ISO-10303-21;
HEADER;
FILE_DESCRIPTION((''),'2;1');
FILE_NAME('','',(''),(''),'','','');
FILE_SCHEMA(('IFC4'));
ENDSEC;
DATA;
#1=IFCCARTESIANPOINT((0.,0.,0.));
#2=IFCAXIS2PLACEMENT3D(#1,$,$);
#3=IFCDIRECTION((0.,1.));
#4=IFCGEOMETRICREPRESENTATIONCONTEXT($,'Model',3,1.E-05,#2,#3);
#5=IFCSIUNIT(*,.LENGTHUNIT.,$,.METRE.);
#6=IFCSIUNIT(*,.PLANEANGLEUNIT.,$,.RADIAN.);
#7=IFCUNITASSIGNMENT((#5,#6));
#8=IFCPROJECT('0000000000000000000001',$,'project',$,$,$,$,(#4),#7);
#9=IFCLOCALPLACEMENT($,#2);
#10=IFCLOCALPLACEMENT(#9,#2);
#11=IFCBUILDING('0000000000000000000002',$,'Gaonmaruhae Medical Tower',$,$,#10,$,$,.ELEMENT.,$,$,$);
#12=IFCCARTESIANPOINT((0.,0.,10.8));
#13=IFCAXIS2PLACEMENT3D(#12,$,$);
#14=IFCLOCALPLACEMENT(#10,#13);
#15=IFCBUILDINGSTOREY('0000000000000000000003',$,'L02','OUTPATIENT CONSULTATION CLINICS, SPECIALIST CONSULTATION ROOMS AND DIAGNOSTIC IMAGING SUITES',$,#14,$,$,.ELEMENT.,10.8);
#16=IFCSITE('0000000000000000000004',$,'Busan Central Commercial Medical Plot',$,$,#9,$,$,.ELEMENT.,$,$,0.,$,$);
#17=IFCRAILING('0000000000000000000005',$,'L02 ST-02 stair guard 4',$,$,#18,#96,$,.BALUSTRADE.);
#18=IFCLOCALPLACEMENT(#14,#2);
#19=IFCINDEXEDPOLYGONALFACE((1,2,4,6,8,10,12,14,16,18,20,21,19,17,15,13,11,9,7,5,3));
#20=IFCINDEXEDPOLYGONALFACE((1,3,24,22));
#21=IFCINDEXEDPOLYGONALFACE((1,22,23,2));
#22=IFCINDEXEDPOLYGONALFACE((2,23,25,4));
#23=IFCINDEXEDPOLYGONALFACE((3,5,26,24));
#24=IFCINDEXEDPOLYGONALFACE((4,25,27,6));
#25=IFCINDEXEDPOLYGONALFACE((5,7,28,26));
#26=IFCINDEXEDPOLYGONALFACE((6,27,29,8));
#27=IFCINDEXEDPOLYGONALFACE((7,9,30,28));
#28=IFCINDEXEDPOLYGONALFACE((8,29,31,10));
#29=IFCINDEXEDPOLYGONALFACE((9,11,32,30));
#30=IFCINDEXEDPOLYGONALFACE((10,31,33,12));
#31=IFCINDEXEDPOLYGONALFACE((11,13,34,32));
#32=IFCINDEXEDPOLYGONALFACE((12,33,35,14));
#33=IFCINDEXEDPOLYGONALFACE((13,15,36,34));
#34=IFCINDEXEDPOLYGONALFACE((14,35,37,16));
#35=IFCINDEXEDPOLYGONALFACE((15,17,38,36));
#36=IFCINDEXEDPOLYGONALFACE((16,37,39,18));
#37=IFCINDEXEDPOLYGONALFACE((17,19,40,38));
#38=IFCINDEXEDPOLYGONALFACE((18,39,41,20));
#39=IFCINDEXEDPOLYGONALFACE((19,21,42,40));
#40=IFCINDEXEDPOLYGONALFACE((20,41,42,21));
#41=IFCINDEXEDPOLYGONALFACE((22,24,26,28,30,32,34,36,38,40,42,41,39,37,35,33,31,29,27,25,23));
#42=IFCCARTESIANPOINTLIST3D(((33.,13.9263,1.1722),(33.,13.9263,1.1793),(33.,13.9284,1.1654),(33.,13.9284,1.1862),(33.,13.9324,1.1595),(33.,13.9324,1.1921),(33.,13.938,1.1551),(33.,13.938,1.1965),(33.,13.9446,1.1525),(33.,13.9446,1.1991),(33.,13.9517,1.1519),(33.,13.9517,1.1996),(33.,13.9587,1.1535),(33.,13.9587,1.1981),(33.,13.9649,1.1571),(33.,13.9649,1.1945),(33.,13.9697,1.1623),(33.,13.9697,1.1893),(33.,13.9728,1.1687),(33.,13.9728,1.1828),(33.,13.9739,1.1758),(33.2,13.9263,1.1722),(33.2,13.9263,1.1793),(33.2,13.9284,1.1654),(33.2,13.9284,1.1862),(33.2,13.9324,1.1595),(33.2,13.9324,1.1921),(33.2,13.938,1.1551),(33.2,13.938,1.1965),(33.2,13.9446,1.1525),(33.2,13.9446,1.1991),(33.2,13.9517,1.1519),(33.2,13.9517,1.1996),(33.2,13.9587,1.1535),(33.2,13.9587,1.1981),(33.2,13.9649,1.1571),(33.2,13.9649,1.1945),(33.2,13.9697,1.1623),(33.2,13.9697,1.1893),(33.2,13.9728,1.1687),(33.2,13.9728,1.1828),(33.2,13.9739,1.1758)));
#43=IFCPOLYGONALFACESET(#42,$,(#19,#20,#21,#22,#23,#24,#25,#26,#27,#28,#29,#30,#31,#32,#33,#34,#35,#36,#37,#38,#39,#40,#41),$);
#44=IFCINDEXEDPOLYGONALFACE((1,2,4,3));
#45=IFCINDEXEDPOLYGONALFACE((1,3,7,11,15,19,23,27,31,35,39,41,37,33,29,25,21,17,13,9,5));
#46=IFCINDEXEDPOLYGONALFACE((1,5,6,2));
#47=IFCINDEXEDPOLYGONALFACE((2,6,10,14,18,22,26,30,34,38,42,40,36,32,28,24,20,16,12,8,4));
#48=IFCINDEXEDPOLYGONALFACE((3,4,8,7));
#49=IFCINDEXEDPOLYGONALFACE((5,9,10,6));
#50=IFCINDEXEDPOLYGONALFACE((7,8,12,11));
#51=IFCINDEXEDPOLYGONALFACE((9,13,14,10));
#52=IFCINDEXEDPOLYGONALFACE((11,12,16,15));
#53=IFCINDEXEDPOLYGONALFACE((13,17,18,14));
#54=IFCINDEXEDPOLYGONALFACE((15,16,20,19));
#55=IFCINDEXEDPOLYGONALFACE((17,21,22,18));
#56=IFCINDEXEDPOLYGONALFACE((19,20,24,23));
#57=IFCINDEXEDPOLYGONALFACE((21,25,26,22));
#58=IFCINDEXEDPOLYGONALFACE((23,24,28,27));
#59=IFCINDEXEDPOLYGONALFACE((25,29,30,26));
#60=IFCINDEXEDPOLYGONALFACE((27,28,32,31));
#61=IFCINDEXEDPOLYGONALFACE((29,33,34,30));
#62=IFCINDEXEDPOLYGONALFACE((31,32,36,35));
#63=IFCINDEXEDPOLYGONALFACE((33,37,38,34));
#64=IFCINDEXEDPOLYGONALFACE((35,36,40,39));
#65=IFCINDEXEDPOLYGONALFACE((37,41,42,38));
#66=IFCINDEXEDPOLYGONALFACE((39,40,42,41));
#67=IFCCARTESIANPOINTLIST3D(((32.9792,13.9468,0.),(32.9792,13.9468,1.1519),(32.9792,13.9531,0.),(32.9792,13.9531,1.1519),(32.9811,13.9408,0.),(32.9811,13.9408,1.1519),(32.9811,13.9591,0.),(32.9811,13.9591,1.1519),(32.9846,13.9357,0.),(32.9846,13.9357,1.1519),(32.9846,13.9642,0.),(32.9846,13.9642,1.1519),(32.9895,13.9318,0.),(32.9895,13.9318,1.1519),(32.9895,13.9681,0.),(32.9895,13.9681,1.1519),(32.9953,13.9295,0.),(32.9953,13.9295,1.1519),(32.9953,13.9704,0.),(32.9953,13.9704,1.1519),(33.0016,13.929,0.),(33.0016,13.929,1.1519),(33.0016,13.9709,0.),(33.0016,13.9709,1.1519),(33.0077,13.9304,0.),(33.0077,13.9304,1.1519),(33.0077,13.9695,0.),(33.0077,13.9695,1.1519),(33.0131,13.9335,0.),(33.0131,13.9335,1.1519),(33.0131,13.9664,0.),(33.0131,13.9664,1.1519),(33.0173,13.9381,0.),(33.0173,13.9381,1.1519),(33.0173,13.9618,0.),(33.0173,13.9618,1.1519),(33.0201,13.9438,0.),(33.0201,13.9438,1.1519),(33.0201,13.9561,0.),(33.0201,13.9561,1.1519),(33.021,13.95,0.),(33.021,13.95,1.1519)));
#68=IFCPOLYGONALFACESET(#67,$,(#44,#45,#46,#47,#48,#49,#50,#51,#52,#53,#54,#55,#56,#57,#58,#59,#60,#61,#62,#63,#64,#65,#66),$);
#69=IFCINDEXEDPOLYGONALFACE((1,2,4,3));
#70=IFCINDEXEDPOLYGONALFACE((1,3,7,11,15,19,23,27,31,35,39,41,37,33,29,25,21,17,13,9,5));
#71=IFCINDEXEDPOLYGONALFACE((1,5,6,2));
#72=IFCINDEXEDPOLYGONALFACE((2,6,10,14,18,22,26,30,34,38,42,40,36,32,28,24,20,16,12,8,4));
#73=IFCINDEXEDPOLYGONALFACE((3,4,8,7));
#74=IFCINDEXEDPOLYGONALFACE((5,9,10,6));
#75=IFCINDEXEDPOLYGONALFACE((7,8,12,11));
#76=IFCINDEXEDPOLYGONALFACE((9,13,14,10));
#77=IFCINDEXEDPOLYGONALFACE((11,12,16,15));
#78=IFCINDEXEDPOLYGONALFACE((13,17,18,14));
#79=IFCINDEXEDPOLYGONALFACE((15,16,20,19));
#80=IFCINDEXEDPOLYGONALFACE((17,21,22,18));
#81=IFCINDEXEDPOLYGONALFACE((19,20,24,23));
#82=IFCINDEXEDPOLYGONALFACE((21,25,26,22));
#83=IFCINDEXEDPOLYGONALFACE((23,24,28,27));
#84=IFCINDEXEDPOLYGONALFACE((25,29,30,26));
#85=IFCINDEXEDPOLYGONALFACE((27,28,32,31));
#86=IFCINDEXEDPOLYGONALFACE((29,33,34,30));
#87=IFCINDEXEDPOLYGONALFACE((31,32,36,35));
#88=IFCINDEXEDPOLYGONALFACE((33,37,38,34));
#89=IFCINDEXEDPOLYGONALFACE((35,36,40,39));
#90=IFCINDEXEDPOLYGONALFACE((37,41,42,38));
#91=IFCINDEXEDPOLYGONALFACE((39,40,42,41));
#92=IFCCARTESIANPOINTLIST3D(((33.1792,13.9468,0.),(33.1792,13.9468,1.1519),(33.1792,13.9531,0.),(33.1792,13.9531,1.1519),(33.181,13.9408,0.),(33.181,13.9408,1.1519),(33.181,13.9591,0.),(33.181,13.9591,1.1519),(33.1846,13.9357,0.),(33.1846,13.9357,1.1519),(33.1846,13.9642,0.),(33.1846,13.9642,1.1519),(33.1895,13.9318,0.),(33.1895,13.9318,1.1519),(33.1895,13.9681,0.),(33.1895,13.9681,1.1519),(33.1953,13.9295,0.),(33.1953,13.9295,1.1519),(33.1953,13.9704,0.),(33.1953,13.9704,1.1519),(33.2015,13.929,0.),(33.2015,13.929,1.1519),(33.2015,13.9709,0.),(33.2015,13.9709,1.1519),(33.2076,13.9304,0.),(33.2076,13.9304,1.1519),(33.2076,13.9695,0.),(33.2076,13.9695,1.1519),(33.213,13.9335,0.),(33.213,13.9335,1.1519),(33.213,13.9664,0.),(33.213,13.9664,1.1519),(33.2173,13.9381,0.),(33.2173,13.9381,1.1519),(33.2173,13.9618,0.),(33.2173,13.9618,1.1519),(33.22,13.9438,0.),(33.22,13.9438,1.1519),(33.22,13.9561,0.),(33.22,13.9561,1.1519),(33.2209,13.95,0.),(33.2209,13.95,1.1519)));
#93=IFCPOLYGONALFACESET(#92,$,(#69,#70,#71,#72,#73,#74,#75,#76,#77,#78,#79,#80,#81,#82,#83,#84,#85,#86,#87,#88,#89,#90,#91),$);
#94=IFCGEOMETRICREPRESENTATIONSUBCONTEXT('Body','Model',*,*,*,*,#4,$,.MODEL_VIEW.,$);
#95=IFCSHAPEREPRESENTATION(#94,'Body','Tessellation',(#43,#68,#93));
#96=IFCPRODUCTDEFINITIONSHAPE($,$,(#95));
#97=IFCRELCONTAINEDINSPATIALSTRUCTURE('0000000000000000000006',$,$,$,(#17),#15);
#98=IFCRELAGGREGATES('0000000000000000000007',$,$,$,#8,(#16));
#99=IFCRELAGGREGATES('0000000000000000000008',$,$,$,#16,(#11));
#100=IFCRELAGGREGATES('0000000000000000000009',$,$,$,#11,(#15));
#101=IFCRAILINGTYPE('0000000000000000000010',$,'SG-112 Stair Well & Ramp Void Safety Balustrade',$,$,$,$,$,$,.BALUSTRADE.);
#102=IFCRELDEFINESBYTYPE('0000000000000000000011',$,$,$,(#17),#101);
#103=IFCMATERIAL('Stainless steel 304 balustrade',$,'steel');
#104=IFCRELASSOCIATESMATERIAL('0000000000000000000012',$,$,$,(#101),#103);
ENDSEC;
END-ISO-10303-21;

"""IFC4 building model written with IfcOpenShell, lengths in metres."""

from ifc_helpers import new_model, si_unit, direction, frame, origin, origin_2d, place, context, subcontext, project, spatial, circle, extrude, material, type_object, element, save


model = new_model("IFC4")

# Units and contexts
model_context = context("Model", 3, precision=1e-05, world=origin(), true_north=direction((0.0, 1.0)))
body_context = subcontext(model_context, "Body", "Model", "MODEL_VIEW")
ifc_project = project(units=[si_unit("LENGTHUNIT", "METRE"), si_unit("PLANEANGLEUNIT", "RADIAN")], contexts=[model_context])

# Site, building, storey
site_placement = place(None, origin())
site = spatial("IfcSite", under=ifc_project, at=site_placement, Name="Busan Central Commercial Medical Plot", CompositionType="ELEMENT", RefElevation=0.0)
building_placement = place(site_placement, origin())
building = spatial("IfcBuilding", under=site, at=building_placement, Name="Gaonmaruhae Medical Tower", CompositionType="ELEMENT")
storey_placement = place(building_placement, frame((0.0, 0.0, 10.8)))
storey = spatial("IfcBuildingStorey", under=building, at=storey_placement, Name="L02", Description="OUTPATIENT CONSULTATION CLINICS, SPECIALIST CONSULTATION ROOMS AND DIAGNOSTIC IMAGING SUITES", CompositionType="ELEMENT", Elevation=10.8)

# Railing
ifc_material_1 = material(Name="Stainless steel 304 balustrade", Category="steel")
railing_type_1 = type_object("IfcRailingType", Name="SG-112 Stair Well & Ramp Void Safety Balustrade", PredefinedType="BALUSTRADE", material=ifc_material_1)
railing_1_placement = place(storey_placement, frame((33.0, 13.95, 0.0)))
element("IfcRailing", 1, at=railing_1_placement, inside=storey, type_object=railing_type_1, Name="L02 ST-02 stair guard 4", PredefinedType="BALUSTRADE", context=body_context, shape_type="SweptSolid", body=[
    extrude(circle(Radius=0.0239, at=origin_2d()), frame((0.0, 0.0, 1.1758), z_axis=(1.0, 0.0, 0.0), x_axis=(0.0, 1.0, 0.0)), (0.0, 0.0, 1.0), 0.2),
    extrude(circle(Radius=0.021, at=origin_2d()), origin(), (0.0, 0.0, 1.0), 1.1519),
    extrude(circle(Radius=0.021, at=origin_2d()), frame((0.2, 0.0, 0.0)), (0.0, 0.0, 1.0), 1.1519),
])

save(model, "model.ifc")
